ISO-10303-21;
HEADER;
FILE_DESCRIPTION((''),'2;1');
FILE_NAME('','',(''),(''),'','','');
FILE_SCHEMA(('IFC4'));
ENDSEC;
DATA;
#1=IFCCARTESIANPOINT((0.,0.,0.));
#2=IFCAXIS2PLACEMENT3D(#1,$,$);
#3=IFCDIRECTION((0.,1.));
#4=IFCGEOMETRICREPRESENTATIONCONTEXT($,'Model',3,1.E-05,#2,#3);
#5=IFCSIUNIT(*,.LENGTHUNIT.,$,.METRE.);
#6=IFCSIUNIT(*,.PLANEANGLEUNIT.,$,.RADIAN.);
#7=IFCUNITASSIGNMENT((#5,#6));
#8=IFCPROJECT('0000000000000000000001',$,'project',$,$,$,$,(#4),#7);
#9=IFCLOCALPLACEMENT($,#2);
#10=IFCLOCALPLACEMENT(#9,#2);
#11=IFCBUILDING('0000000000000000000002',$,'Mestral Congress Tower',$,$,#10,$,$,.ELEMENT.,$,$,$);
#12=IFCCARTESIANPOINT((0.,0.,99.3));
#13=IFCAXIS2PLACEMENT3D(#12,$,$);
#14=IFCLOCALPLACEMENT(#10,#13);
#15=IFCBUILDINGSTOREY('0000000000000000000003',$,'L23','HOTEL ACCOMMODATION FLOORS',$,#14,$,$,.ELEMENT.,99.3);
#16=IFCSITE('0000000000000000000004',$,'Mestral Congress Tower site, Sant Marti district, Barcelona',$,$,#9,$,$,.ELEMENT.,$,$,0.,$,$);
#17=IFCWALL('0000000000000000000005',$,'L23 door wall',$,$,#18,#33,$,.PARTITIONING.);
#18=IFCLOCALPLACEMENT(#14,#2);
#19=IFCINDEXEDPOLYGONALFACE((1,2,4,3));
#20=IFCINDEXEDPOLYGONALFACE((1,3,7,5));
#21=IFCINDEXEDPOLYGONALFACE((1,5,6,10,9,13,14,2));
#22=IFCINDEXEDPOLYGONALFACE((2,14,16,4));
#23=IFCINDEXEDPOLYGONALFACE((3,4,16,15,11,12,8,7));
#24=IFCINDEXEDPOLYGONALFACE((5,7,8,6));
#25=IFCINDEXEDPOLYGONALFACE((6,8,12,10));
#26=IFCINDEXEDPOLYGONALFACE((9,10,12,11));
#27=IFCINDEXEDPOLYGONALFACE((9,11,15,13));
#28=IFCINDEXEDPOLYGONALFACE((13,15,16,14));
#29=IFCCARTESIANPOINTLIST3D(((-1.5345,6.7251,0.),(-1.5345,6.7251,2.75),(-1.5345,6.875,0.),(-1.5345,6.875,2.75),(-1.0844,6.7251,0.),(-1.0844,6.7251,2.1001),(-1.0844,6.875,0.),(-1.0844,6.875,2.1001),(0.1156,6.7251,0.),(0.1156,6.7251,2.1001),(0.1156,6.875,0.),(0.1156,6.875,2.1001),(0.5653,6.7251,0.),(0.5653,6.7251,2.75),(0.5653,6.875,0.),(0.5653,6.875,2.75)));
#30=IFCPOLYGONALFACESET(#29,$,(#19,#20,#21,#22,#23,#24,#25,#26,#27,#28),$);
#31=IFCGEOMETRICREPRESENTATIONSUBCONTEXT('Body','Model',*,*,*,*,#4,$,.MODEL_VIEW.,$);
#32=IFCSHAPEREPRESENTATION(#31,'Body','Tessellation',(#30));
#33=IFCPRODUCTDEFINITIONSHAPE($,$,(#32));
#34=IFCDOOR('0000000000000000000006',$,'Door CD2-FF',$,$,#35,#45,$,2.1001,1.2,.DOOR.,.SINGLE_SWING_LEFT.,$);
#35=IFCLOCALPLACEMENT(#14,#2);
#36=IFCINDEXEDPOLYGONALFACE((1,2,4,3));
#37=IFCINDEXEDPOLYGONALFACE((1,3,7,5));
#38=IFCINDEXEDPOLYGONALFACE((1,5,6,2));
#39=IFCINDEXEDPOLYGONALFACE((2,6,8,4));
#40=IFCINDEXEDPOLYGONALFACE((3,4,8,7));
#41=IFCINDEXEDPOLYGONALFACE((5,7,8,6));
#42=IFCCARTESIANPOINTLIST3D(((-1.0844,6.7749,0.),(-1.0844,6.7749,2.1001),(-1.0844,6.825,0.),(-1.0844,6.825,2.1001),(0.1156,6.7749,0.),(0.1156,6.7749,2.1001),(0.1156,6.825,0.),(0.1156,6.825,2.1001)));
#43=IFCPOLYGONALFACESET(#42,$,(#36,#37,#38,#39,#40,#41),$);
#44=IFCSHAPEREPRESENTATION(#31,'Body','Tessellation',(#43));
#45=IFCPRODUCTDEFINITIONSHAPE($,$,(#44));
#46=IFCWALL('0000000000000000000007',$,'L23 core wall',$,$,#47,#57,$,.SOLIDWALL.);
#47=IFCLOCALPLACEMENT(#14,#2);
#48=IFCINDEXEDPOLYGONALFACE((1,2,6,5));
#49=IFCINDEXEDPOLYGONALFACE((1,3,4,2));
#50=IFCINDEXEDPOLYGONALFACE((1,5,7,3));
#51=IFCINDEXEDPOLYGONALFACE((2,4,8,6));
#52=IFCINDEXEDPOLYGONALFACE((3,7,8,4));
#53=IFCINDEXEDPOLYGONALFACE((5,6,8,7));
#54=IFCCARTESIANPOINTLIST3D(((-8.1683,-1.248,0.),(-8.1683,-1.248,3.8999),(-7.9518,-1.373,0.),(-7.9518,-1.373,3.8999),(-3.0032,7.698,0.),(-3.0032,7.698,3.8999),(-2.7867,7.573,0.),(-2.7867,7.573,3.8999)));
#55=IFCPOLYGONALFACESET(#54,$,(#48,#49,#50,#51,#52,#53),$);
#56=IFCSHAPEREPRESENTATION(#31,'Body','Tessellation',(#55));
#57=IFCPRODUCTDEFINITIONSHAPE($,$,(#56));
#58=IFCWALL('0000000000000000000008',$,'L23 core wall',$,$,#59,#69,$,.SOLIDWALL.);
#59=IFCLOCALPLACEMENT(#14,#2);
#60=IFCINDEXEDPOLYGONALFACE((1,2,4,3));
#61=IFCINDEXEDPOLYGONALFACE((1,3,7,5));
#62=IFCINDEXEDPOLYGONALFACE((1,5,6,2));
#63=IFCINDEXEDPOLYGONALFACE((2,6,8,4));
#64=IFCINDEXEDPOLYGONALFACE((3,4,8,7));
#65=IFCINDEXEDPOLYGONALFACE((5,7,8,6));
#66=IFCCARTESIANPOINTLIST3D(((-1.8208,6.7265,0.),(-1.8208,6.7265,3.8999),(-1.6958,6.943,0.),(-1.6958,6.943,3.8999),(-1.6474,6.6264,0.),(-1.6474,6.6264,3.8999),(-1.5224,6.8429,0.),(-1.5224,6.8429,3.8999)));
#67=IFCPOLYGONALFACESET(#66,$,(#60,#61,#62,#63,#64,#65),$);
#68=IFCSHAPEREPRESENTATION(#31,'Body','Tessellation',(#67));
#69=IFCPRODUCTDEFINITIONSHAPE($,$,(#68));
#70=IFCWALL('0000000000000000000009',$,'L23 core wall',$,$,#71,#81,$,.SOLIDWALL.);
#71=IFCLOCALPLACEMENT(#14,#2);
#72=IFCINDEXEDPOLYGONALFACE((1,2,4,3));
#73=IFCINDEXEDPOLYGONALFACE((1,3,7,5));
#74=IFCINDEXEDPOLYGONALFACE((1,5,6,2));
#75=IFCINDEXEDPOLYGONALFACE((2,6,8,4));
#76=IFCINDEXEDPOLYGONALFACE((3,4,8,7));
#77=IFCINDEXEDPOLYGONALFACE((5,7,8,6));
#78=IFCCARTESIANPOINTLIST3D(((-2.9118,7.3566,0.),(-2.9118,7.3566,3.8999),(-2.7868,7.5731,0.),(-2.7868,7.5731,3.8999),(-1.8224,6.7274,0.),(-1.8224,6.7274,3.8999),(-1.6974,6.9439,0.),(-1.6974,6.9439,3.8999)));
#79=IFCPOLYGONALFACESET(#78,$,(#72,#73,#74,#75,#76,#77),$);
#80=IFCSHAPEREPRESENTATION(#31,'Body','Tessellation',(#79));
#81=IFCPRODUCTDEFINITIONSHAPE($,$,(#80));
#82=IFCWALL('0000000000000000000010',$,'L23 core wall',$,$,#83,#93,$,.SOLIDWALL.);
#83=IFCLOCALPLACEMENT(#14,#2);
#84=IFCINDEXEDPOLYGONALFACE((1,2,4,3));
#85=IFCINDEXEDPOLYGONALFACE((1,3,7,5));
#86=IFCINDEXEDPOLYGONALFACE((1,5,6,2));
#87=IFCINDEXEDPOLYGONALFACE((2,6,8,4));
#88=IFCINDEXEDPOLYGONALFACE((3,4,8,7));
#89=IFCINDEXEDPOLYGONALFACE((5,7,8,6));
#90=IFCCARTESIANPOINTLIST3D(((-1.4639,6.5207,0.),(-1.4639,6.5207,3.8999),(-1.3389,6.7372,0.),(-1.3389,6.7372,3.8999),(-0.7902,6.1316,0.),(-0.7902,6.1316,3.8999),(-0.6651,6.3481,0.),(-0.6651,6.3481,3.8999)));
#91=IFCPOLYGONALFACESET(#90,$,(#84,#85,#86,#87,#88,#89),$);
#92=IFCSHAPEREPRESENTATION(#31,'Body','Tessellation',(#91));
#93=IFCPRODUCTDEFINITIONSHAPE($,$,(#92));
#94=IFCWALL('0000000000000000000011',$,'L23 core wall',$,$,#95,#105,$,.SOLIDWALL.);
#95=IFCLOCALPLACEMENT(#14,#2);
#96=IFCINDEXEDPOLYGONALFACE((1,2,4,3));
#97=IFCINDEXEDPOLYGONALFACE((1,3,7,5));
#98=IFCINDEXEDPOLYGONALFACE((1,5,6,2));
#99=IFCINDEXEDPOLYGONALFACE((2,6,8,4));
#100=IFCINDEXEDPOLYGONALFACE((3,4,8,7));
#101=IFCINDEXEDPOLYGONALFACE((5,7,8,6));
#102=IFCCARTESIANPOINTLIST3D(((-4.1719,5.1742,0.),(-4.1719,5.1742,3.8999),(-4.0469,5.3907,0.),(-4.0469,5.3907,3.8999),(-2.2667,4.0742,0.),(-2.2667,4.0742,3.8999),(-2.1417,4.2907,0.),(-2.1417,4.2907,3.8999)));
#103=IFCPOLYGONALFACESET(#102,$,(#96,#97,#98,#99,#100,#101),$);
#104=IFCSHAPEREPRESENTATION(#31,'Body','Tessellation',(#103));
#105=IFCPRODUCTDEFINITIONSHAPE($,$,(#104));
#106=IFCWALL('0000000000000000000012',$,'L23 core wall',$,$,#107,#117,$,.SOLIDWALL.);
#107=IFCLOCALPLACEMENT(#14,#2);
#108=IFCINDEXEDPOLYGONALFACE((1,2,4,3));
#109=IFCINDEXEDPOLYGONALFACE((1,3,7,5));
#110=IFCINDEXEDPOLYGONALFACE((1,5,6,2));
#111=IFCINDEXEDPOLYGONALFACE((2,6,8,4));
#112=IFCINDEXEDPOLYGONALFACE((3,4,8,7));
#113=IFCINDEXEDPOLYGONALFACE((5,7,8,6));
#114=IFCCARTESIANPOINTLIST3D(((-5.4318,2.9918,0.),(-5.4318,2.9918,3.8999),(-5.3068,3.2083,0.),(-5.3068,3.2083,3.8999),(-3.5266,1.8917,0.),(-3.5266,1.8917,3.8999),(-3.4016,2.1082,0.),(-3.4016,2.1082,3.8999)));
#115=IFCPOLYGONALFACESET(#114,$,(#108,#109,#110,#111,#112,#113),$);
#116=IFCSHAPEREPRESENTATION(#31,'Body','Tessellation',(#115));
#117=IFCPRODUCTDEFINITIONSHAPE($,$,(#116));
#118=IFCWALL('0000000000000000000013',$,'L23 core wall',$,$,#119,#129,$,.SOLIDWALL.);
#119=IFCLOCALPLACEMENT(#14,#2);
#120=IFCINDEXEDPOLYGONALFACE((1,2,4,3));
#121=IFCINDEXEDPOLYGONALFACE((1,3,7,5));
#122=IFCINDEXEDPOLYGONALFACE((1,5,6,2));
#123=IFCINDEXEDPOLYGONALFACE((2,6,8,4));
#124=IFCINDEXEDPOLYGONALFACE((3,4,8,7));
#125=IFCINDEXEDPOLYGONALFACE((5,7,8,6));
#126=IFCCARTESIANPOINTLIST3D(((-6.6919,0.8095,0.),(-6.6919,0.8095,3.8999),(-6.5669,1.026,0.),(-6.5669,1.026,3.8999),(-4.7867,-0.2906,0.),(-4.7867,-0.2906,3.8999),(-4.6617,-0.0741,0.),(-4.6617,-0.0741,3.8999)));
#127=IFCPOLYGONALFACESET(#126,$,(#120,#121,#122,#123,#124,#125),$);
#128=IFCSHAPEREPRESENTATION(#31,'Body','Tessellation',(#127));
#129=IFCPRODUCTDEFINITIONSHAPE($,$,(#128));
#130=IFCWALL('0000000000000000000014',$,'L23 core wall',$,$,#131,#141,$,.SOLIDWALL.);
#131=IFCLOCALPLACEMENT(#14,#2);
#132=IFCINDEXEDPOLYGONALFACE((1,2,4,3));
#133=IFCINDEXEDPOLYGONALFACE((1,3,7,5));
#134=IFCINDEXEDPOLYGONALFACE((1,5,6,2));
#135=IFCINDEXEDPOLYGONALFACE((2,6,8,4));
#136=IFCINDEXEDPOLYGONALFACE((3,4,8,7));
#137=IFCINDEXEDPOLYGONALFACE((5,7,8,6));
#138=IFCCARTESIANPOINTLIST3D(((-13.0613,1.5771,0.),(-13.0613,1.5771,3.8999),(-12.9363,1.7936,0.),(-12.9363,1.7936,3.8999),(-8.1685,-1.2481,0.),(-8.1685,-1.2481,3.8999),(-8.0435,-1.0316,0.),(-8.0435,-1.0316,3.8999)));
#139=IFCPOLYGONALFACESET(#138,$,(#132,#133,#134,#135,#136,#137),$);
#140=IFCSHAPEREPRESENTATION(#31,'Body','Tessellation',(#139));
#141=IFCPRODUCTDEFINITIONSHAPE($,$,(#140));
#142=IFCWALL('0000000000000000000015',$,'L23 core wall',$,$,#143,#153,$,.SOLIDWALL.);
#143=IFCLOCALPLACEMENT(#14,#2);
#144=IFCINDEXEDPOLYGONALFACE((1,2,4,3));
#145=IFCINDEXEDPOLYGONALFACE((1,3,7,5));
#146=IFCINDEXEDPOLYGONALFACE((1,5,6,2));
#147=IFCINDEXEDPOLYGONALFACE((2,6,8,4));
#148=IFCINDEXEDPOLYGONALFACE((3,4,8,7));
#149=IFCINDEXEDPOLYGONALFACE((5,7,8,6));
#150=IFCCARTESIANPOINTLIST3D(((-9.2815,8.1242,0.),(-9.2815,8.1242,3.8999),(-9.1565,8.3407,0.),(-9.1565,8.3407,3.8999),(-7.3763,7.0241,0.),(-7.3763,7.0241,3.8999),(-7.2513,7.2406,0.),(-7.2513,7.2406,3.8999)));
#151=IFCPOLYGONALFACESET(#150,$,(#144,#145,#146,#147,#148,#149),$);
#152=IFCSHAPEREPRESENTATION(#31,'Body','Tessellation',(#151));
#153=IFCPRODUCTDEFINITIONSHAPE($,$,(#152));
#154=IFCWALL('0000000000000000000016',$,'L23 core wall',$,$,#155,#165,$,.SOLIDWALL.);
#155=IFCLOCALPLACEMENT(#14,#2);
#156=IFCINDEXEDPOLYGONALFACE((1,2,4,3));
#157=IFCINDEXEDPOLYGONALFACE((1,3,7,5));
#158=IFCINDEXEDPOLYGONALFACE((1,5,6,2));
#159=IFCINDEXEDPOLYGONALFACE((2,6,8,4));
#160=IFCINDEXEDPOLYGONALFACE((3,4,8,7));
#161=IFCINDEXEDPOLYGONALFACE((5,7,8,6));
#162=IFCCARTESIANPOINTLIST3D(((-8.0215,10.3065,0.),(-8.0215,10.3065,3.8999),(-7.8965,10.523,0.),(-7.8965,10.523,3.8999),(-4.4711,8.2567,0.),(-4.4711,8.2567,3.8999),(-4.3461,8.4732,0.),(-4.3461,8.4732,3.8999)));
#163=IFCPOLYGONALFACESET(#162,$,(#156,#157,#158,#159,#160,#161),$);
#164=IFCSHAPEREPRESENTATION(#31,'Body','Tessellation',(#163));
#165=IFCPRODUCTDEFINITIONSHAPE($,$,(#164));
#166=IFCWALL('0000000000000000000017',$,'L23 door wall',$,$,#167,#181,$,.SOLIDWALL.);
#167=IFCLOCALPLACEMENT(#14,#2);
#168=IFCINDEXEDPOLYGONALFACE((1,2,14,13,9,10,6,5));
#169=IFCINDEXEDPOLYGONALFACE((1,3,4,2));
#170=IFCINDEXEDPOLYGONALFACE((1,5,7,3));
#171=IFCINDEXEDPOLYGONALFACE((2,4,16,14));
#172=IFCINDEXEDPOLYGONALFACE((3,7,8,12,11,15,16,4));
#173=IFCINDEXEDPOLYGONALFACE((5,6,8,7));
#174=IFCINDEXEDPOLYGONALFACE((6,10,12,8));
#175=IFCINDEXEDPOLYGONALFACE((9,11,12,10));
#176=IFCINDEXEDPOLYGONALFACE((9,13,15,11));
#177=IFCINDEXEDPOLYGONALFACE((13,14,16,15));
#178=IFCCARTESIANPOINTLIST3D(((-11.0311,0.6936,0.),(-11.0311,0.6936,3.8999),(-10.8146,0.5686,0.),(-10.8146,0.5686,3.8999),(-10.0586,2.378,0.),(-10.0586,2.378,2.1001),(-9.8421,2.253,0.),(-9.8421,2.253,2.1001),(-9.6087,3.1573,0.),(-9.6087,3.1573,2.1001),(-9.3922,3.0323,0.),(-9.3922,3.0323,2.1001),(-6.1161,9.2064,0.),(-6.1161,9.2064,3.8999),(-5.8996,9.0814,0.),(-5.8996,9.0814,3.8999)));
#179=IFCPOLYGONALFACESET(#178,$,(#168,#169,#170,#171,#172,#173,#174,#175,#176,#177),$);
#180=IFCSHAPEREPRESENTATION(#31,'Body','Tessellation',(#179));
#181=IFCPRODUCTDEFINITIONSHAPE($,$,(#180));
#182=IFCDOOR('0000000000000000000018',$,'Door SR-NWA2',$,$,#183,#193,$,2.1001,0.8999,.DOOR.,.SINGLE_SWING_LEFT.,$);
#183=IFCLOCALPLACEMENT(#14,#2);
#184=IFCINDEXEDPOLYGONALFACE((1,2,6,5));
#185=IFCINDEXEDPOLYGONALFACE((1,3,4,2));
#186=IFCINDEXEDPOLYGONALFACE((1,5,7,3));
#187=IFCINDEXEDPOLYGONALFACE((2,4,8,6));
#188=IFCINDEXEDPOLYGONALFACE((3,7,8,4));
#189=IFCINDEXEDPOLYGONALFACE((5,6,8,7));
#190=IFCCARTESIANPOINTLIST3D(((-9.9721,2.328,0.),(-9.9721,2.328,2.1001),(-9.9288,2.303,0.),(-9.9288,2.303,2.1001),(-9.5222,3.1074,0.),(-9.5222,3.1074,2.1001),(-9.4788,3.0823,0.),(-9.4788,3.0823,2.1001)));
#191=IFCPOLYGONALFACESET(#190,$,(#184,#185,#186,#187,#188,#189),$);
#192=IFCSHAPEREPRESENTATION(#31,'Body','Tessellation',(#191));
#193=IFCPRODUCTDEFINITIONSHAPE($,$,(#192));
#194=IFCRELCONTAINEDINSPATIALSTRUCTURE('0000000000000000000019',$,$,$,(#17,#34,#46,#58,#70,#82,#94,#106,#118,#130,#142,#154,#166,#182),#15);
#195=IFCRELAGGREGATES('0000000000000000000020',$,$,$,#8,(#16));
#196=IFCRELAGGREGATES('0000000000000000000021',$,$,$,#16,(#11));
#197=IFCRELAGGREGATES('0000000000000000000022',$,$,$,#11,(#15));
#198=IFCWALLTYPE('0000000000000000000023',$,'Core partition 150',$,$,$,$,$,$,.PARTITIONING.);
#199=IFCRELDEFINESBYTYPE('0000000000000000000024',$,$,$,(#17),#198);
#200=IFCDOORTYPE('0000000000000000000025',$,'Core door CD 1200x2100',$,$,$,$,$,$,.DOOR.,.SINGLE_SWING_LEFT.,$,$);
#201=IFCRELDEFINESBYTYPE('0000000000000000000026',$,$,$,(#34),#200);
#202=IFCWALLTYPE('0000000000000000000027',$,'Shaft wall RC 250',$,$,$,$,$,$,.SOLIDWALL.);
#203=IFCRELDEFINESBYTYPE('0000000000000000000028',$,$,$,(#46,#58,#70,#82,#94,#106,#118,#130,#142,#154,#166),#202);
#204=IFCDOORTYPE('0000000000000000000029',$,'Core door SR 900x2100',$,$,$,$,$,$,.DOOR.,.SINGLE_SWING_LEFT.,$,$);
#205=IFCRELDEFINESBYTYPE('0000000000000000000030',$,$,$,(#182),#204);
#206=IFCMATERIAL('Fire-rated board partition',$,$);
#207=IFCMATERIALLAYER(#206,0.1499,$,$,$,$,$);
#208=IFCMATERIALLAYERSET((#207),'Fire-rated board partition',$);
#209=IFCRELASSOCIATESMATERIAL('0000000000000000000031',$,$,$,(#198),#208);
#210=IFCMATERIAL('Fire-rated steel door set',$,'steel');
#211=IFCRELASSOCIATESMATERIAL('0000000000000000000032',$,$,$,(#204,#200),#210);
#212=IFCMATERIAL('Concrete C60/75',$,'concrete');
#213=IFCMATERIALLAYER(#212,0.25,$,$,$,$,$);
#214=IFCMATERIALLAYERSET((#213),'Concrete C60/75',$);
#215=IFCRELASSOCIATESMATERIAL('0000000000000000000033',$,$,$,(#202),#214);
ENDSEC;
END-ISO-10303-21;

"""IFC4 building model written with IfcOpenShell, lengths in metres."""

from ifc_helpers import new_model, si_unit, direction, frame, frame_2d, origin, place, context, subcontext, project, spatial, rectangle, extrude, material, layer, layer_set, type_object, element, fill, save


model = new_model("IFC4")

# Units and contexts
model_context = context("Model", 3, precision=1e-05, world=origin(), true_north=direction((0.0, 1.0)))
body_context = subcontext(model_context, "Body", "Model", "MODEL_VIEW")
ifc_project = project(units=[si_unit("LENGTHUNIT", "METRE"), si_unit("PLANEANGLEUNIT", "RADIAN")], contexts=[model_context])

# Site, building, storey
site_placement = place(None, origin())
site = spatial("IfcSite", under=ifc_project, at=site_placement, Name="Mestral Congress Tower site, Sant Marti district, Barcelona", CompositionType="ELEMENT", RefElevation=0.0)
building_placement = place(site_placement, origin())
building = spatial("IfcBuilding", under=site, at=building_placement, Name="Mestral Congress Tower", CompositionType="ELEMENT")
storey_placement = place(building_placement, frame((0.0, 0.0, 99.3)))
storey = spatial("IfcBuildingStorey", under=building, at=storey_placement, Name="L23", Description="HOTEL ACCOMMODATION FLOORS", CompositionType="ELEMENT", Elevation=99.3)

# Shared definitions
ifc_material_1 = material(Name="Concrete C60/75", Category="concrete")

# Shared definitions
ifc_material_2 = material(Name="Fire-rated board partition")
ifc_layer_1 = layer(ifc_material_2, 0.1499)
ifc_layer_set_1 = layer_set([ifc_layer_1], Name="Fire-rated board partition")
wall_type_1 = type_object("IfcWallType", Name="Core partition 150", PredefinedType="PARTITIONING", material=ifc_layer_set_1)

# Wall, opening, door
ifc_material_3 = material(Name="Fire-rated steel door set", Category="steel")
door_type_1 = type_object("IfcDoorType", Name="Core door SR 900x2100", OperationType="SINGLE_SWING_LEFT", PredefinedType="DOOR", material=ifc_material_3)
wall_1_placement = place(storey_placement, frame((-1.5344, 6.8, 0.0), z_axis=(0.0, 0.0, 1.0), x_axis=(1.0, 0.0, 0.0)))
wall_1 = element("IfcWall", 1, at=wall_1_placement, inside=storey, type_object=wall_type_1, Name="L23 door wall", PredefinedType="PARTITIONING", context=body_context, shape_type="SweptSolid", body=[
    extrude(rectangle(XDim=2.0999, YDim=0.1499, at=frame_2d((1.0498, 0.0))), origin(), (0.0, 0.0, 1.0), 2.75),
])
opening_1_placement = place(wall_1_placement, frame((0.45, 0.0, 0.0)))
opening_1 = element("IfcOpeningElement", 2, at=opening_1_placement, cuts=wall_1, PredefinedType="OPENING", context=body_context, shape_type="SweptSolid", body=[
    extrude(rectangle(XDim=1.2, YDim=2.1001, at=frame_2d((0.6001, 1.05))), frame((0.0, 0.085, 0.0), z_axis=(0.0, -1.0, 0.0), x_axis=(1.0, 0.0, 0.0)), (0.0, 0.0, 1.0), 0.1699),
])
door_type_2 = type_object("IfcDoorType", Name="Core door CD 1200x2100", OperationType="SINGLE_SWING_LEFT", PredefinedType="DOOR", material=ifc_material_3)
door_1_placement = place(opening_1_placement, origin())
door_1 = element("IfcDoor", 3, at=door_1_placement, inside=storey, type_object=door_type_2, Name="Door CD2-FF", OperationType="SINGLE_SWING_LEFT", OverallHeight=2.1001, OverallWidth=1.2, PredefinedType="DOOR", context=body_context, shape_type="SweptSolid", body=[
    extrude(rectangle(XDim=1.2, YDim=2.1001, at=frame_2d((0.6001, 1.05))), frame((0.0, 0.0249, 0.0), z_axis=(0.0, -1.0, 0.0), x_axis=(1.0, 0.0, 0.0)), (0.0, 0.0, 1.0), 0.05),
])
fill(opening_1, door_1)

# Walls
ifc_layer_2 = layer(ifc_material_1, 0.25)
ifc_layer_set_2 = layer_set([ifc_layer_2], Name="Concrete C60/75")
wall_type_2 = type_object("IfcWallType", Name="Shaft wall RC 250", PredefinedType="SOLIDWALL", material=ifc_layer_set_2)
wall_2_placement = place(storey_placement, frame((-8.0601, -1.3105, 0.0), z_axis=(0.0, 0.0, 1.0), x_axis=(0.500003, 0.866024, 0.0)))
element("IfcWall", 4, at=wall_2_placement, inside=storey, type_object=wall_type_2, Name="L23 core wall", PredefinedType="SOLIDWALL", context=body_context, shape_type="SweptSolid", body=[
    extrude(rectangle(XDim=10.3301, YDim=0.25, at=frame_2d((5.165, 0.0))), origin(), (0.0, 0.0, 1.0), 3.8999),
])
wall_3_placement = place(storey_placement, frame((-1.7583, 6.8347, 0.0), z_axis=(0.0, 0.0, 1.0), x_axis=(0.865982, -0.500074, 0.0)))
element("IfcWall", 5, at=wall_3_placement, inside=storey, type_object=wall_type_2, Name="L23 core wall", PredefinedType="SOLIDWALL", context=body_context, shape_type="SweptSolid", body=[
    extrude(rectangle(XDim=0.2002, YDim=0.25, at=frame_2d((0.1001, 0.0))), origin(), (0.0, 0.0, 1.0), 3.8999),
])
wall_4_placement = place(storey_placement, frame((-1.76, 6.8357, 0.0), z_axis=(0.0, 0.0, 1.0), x_axis=(-0.865953, 0.500126, 0.0)))
element("IfcWall", 6, at=wall_4_placement, inside=storey, type_object=wall_type_2, Name="L23 core wall", PredefinedType="SOLIDWALL", context=body_context, shape_type="SweptSolid", body=[
    extrude(rectangle(XDim=1.2581, YDim=0.25, at=frame_2d((0.6289, 0.0))), origin(), (0.0, 0.0, 1.0), 3.8999),
])
wall_5_placement = place(storey_placement, frame((-0.7275, 6.2397, 0.0), z_axis=(0.0, 0.0, 1.0), x_axis=(-0.865956, 0.500121, 0.0)))
element("IfcWall", 7, at=wall_5_placement, inside=storey, type_object=wall_type_2, Name="L23 core wall", PredefinedType="SOLIDWALL", context=body_context, shape_type="SweptSolid", body=[
    extrude(rectangle(XDim=0.7781, YDim=0.25, at=frame_2d((0.3892, 0.0))), origin(), (0.0, 0.0, 1.0), 3.8999),
])
for number, where, z_axis, x_axis, name in (
    (8, (-2.2041, 4.1824, 0.0), (0.0, 0.0, 1.0), (-0.866008, 0.50003, 0.0), "L23 core wall"),
    (9, (-5.3694, 3.1001, 0.0), (0.0, 0.0, 1.0), (0.866008, -0.50003, 0.0), "L23 core wall"),
    (10, (-4.7241, -0.1824, 0.0), (0.0, 0.0, 1.0), (-0.866008, 0.50003, 0.0), "L23 core wall"),
):
    element("IfcWall", number, at=place(storey_placement, frame(where, z_axis=z_axis, x_axis=x_axis)), inside=storey, type_object=wall_type_2, Name=name, PredefinedType="SOLIDWALL", context=body_context, shape_type="SweptSolid", body=[
        extrude(rectangle(XDim=2.2, YDim=0.25, at=frame_2d((1.1001, 0.0))), origin(), (0.0, 0.0, 1.0), 3.8999),
    ])
wall_6_placement = place(storey_placement, frame((-8.106, -1.1399, 0.0), z_axis=(0.0, 0.0, 1.0), x_axis=(-0.866001, 0.500043, 0.0)))
element("IfcWall", 11, at=wall_6_placement, inside=storey, type_object=wall_type_2, Name="L23 core wall", PredefinedType="SOLIDWALL", context=body_context, shape_type="SweptSolid", body=[
    extrude(rectangle(XDim=5.6499, YDim=0.25, at=frame_2d((2.825, 0.0))), origin(), (0.0, 0.0, 1.0), 3.8999),
])
wall_7_placement = place(storey_placement, frame((-7.3137, 7.1323, 0.0), z_axis=(0.0, 0.0, 1.0), x_axis=(-0.866008, 0.50003, 0.0)))
element("IfcWall", 12, at=wall_7_placement, inside=storey, type_object=wall_type_2, Name="L23 core wall", PredefinedType="SOLIDWALL", context=body_context, shape_type="SweptSolid", body=[
    extrude(rectangle(XDim=2.2, YDim=0.25, at=frame_2d((1.1001, 0.0))), origin(), (0.0, 0.0, 1.0), 3.8999),
])
wall_8_placement = place(storey_placement, frame((-7.959, 10.4148, 0.0), z_axis=(0.0, 0.0, 1.0), x_axis=(0.866021, -0.500008, 0.0)))
element("IfcWall", 13, at=wall_8_placement, inside=storey, type_object=wall_type_2, Name="L23 core wall", PredefinedType="SOLIDWALL", context=body_context, shape_type="SweptSolid", body=[
    extrude(rectangle(XDim=4.0996, YDim=0.25, at=frame_2d((2.0498, 0.0))), origin(), (0.0, 0.0, 1.0), 3.8999),
])

# Wall, opening, door
wall_9_placement = place(storey_placement, frame((-6.0078, 9.144, 0.0), z_axis=(0.0, 0.0, 1.0), x_axis=(-0.500007, -0.866021, 0.0)))
wall_9 = element("IfcWall", 14, at=wall_9_placement, inside=storey, type_object=wall_type_2, Name="L23 door wall", PredefinedType="SOLIDWALL", context=body_context, shape_type="SweptSolid", body=[
    extrude(rectangle(XDim=9.8298, YDim=0.25, at=frame_2d((4.915, 0.0))), origin(), (0.0, 0.0, 1.0), 3.8999),
])
opening_2_placement = place(wall_9_placement, frame((6.9851, 0.0, 0.0)))
opening_2 = element("IfcOpeningElement", 15, at=opening_2_placement, cuts=wall_9, PredefinedType="OPENING", context=body_context, shape_type="SweptSolid", body=[
    extrude(rectangle(XDim=0.8999, YDim=2.1001, at=frame_2d((0.45, 1.05))), frame((0.0, 0.135, 0.0), z_axis=(0.0, -1.0, 0.0), x_axis=(1.0, 0.0, 0.0)), (0.0, 0.0, 1.0), 0.27),
])
door_2_placement = place(opening_2_placement, origin())
door_2 = element("IfcDoor", 16, at=door_2_placement, inside=storey, type_object=door_type_1, Name="Door SR-NWA2", OperationType="SINGLE_SWING_LEFT", OverallHeight=2.1001, OverallWidth=0.8999, PredefinedType="DOOR", context=body_context, shape_type="SweptSolid", body=[
    extrude(rectangle(XDim=0.8999, YDim=2.1001, at=frame_2d((0.45, 1.05))), frame((0.0, 0.0249, 0.0), z_axis=(0.0, -1.0, 0.0), x_axis=(1.0, 0.0, 0.0)), (0.0, 0.0, 1.0), 0.05),
])
fill(opening_2, door_2)

save(model, "model.ifc")
